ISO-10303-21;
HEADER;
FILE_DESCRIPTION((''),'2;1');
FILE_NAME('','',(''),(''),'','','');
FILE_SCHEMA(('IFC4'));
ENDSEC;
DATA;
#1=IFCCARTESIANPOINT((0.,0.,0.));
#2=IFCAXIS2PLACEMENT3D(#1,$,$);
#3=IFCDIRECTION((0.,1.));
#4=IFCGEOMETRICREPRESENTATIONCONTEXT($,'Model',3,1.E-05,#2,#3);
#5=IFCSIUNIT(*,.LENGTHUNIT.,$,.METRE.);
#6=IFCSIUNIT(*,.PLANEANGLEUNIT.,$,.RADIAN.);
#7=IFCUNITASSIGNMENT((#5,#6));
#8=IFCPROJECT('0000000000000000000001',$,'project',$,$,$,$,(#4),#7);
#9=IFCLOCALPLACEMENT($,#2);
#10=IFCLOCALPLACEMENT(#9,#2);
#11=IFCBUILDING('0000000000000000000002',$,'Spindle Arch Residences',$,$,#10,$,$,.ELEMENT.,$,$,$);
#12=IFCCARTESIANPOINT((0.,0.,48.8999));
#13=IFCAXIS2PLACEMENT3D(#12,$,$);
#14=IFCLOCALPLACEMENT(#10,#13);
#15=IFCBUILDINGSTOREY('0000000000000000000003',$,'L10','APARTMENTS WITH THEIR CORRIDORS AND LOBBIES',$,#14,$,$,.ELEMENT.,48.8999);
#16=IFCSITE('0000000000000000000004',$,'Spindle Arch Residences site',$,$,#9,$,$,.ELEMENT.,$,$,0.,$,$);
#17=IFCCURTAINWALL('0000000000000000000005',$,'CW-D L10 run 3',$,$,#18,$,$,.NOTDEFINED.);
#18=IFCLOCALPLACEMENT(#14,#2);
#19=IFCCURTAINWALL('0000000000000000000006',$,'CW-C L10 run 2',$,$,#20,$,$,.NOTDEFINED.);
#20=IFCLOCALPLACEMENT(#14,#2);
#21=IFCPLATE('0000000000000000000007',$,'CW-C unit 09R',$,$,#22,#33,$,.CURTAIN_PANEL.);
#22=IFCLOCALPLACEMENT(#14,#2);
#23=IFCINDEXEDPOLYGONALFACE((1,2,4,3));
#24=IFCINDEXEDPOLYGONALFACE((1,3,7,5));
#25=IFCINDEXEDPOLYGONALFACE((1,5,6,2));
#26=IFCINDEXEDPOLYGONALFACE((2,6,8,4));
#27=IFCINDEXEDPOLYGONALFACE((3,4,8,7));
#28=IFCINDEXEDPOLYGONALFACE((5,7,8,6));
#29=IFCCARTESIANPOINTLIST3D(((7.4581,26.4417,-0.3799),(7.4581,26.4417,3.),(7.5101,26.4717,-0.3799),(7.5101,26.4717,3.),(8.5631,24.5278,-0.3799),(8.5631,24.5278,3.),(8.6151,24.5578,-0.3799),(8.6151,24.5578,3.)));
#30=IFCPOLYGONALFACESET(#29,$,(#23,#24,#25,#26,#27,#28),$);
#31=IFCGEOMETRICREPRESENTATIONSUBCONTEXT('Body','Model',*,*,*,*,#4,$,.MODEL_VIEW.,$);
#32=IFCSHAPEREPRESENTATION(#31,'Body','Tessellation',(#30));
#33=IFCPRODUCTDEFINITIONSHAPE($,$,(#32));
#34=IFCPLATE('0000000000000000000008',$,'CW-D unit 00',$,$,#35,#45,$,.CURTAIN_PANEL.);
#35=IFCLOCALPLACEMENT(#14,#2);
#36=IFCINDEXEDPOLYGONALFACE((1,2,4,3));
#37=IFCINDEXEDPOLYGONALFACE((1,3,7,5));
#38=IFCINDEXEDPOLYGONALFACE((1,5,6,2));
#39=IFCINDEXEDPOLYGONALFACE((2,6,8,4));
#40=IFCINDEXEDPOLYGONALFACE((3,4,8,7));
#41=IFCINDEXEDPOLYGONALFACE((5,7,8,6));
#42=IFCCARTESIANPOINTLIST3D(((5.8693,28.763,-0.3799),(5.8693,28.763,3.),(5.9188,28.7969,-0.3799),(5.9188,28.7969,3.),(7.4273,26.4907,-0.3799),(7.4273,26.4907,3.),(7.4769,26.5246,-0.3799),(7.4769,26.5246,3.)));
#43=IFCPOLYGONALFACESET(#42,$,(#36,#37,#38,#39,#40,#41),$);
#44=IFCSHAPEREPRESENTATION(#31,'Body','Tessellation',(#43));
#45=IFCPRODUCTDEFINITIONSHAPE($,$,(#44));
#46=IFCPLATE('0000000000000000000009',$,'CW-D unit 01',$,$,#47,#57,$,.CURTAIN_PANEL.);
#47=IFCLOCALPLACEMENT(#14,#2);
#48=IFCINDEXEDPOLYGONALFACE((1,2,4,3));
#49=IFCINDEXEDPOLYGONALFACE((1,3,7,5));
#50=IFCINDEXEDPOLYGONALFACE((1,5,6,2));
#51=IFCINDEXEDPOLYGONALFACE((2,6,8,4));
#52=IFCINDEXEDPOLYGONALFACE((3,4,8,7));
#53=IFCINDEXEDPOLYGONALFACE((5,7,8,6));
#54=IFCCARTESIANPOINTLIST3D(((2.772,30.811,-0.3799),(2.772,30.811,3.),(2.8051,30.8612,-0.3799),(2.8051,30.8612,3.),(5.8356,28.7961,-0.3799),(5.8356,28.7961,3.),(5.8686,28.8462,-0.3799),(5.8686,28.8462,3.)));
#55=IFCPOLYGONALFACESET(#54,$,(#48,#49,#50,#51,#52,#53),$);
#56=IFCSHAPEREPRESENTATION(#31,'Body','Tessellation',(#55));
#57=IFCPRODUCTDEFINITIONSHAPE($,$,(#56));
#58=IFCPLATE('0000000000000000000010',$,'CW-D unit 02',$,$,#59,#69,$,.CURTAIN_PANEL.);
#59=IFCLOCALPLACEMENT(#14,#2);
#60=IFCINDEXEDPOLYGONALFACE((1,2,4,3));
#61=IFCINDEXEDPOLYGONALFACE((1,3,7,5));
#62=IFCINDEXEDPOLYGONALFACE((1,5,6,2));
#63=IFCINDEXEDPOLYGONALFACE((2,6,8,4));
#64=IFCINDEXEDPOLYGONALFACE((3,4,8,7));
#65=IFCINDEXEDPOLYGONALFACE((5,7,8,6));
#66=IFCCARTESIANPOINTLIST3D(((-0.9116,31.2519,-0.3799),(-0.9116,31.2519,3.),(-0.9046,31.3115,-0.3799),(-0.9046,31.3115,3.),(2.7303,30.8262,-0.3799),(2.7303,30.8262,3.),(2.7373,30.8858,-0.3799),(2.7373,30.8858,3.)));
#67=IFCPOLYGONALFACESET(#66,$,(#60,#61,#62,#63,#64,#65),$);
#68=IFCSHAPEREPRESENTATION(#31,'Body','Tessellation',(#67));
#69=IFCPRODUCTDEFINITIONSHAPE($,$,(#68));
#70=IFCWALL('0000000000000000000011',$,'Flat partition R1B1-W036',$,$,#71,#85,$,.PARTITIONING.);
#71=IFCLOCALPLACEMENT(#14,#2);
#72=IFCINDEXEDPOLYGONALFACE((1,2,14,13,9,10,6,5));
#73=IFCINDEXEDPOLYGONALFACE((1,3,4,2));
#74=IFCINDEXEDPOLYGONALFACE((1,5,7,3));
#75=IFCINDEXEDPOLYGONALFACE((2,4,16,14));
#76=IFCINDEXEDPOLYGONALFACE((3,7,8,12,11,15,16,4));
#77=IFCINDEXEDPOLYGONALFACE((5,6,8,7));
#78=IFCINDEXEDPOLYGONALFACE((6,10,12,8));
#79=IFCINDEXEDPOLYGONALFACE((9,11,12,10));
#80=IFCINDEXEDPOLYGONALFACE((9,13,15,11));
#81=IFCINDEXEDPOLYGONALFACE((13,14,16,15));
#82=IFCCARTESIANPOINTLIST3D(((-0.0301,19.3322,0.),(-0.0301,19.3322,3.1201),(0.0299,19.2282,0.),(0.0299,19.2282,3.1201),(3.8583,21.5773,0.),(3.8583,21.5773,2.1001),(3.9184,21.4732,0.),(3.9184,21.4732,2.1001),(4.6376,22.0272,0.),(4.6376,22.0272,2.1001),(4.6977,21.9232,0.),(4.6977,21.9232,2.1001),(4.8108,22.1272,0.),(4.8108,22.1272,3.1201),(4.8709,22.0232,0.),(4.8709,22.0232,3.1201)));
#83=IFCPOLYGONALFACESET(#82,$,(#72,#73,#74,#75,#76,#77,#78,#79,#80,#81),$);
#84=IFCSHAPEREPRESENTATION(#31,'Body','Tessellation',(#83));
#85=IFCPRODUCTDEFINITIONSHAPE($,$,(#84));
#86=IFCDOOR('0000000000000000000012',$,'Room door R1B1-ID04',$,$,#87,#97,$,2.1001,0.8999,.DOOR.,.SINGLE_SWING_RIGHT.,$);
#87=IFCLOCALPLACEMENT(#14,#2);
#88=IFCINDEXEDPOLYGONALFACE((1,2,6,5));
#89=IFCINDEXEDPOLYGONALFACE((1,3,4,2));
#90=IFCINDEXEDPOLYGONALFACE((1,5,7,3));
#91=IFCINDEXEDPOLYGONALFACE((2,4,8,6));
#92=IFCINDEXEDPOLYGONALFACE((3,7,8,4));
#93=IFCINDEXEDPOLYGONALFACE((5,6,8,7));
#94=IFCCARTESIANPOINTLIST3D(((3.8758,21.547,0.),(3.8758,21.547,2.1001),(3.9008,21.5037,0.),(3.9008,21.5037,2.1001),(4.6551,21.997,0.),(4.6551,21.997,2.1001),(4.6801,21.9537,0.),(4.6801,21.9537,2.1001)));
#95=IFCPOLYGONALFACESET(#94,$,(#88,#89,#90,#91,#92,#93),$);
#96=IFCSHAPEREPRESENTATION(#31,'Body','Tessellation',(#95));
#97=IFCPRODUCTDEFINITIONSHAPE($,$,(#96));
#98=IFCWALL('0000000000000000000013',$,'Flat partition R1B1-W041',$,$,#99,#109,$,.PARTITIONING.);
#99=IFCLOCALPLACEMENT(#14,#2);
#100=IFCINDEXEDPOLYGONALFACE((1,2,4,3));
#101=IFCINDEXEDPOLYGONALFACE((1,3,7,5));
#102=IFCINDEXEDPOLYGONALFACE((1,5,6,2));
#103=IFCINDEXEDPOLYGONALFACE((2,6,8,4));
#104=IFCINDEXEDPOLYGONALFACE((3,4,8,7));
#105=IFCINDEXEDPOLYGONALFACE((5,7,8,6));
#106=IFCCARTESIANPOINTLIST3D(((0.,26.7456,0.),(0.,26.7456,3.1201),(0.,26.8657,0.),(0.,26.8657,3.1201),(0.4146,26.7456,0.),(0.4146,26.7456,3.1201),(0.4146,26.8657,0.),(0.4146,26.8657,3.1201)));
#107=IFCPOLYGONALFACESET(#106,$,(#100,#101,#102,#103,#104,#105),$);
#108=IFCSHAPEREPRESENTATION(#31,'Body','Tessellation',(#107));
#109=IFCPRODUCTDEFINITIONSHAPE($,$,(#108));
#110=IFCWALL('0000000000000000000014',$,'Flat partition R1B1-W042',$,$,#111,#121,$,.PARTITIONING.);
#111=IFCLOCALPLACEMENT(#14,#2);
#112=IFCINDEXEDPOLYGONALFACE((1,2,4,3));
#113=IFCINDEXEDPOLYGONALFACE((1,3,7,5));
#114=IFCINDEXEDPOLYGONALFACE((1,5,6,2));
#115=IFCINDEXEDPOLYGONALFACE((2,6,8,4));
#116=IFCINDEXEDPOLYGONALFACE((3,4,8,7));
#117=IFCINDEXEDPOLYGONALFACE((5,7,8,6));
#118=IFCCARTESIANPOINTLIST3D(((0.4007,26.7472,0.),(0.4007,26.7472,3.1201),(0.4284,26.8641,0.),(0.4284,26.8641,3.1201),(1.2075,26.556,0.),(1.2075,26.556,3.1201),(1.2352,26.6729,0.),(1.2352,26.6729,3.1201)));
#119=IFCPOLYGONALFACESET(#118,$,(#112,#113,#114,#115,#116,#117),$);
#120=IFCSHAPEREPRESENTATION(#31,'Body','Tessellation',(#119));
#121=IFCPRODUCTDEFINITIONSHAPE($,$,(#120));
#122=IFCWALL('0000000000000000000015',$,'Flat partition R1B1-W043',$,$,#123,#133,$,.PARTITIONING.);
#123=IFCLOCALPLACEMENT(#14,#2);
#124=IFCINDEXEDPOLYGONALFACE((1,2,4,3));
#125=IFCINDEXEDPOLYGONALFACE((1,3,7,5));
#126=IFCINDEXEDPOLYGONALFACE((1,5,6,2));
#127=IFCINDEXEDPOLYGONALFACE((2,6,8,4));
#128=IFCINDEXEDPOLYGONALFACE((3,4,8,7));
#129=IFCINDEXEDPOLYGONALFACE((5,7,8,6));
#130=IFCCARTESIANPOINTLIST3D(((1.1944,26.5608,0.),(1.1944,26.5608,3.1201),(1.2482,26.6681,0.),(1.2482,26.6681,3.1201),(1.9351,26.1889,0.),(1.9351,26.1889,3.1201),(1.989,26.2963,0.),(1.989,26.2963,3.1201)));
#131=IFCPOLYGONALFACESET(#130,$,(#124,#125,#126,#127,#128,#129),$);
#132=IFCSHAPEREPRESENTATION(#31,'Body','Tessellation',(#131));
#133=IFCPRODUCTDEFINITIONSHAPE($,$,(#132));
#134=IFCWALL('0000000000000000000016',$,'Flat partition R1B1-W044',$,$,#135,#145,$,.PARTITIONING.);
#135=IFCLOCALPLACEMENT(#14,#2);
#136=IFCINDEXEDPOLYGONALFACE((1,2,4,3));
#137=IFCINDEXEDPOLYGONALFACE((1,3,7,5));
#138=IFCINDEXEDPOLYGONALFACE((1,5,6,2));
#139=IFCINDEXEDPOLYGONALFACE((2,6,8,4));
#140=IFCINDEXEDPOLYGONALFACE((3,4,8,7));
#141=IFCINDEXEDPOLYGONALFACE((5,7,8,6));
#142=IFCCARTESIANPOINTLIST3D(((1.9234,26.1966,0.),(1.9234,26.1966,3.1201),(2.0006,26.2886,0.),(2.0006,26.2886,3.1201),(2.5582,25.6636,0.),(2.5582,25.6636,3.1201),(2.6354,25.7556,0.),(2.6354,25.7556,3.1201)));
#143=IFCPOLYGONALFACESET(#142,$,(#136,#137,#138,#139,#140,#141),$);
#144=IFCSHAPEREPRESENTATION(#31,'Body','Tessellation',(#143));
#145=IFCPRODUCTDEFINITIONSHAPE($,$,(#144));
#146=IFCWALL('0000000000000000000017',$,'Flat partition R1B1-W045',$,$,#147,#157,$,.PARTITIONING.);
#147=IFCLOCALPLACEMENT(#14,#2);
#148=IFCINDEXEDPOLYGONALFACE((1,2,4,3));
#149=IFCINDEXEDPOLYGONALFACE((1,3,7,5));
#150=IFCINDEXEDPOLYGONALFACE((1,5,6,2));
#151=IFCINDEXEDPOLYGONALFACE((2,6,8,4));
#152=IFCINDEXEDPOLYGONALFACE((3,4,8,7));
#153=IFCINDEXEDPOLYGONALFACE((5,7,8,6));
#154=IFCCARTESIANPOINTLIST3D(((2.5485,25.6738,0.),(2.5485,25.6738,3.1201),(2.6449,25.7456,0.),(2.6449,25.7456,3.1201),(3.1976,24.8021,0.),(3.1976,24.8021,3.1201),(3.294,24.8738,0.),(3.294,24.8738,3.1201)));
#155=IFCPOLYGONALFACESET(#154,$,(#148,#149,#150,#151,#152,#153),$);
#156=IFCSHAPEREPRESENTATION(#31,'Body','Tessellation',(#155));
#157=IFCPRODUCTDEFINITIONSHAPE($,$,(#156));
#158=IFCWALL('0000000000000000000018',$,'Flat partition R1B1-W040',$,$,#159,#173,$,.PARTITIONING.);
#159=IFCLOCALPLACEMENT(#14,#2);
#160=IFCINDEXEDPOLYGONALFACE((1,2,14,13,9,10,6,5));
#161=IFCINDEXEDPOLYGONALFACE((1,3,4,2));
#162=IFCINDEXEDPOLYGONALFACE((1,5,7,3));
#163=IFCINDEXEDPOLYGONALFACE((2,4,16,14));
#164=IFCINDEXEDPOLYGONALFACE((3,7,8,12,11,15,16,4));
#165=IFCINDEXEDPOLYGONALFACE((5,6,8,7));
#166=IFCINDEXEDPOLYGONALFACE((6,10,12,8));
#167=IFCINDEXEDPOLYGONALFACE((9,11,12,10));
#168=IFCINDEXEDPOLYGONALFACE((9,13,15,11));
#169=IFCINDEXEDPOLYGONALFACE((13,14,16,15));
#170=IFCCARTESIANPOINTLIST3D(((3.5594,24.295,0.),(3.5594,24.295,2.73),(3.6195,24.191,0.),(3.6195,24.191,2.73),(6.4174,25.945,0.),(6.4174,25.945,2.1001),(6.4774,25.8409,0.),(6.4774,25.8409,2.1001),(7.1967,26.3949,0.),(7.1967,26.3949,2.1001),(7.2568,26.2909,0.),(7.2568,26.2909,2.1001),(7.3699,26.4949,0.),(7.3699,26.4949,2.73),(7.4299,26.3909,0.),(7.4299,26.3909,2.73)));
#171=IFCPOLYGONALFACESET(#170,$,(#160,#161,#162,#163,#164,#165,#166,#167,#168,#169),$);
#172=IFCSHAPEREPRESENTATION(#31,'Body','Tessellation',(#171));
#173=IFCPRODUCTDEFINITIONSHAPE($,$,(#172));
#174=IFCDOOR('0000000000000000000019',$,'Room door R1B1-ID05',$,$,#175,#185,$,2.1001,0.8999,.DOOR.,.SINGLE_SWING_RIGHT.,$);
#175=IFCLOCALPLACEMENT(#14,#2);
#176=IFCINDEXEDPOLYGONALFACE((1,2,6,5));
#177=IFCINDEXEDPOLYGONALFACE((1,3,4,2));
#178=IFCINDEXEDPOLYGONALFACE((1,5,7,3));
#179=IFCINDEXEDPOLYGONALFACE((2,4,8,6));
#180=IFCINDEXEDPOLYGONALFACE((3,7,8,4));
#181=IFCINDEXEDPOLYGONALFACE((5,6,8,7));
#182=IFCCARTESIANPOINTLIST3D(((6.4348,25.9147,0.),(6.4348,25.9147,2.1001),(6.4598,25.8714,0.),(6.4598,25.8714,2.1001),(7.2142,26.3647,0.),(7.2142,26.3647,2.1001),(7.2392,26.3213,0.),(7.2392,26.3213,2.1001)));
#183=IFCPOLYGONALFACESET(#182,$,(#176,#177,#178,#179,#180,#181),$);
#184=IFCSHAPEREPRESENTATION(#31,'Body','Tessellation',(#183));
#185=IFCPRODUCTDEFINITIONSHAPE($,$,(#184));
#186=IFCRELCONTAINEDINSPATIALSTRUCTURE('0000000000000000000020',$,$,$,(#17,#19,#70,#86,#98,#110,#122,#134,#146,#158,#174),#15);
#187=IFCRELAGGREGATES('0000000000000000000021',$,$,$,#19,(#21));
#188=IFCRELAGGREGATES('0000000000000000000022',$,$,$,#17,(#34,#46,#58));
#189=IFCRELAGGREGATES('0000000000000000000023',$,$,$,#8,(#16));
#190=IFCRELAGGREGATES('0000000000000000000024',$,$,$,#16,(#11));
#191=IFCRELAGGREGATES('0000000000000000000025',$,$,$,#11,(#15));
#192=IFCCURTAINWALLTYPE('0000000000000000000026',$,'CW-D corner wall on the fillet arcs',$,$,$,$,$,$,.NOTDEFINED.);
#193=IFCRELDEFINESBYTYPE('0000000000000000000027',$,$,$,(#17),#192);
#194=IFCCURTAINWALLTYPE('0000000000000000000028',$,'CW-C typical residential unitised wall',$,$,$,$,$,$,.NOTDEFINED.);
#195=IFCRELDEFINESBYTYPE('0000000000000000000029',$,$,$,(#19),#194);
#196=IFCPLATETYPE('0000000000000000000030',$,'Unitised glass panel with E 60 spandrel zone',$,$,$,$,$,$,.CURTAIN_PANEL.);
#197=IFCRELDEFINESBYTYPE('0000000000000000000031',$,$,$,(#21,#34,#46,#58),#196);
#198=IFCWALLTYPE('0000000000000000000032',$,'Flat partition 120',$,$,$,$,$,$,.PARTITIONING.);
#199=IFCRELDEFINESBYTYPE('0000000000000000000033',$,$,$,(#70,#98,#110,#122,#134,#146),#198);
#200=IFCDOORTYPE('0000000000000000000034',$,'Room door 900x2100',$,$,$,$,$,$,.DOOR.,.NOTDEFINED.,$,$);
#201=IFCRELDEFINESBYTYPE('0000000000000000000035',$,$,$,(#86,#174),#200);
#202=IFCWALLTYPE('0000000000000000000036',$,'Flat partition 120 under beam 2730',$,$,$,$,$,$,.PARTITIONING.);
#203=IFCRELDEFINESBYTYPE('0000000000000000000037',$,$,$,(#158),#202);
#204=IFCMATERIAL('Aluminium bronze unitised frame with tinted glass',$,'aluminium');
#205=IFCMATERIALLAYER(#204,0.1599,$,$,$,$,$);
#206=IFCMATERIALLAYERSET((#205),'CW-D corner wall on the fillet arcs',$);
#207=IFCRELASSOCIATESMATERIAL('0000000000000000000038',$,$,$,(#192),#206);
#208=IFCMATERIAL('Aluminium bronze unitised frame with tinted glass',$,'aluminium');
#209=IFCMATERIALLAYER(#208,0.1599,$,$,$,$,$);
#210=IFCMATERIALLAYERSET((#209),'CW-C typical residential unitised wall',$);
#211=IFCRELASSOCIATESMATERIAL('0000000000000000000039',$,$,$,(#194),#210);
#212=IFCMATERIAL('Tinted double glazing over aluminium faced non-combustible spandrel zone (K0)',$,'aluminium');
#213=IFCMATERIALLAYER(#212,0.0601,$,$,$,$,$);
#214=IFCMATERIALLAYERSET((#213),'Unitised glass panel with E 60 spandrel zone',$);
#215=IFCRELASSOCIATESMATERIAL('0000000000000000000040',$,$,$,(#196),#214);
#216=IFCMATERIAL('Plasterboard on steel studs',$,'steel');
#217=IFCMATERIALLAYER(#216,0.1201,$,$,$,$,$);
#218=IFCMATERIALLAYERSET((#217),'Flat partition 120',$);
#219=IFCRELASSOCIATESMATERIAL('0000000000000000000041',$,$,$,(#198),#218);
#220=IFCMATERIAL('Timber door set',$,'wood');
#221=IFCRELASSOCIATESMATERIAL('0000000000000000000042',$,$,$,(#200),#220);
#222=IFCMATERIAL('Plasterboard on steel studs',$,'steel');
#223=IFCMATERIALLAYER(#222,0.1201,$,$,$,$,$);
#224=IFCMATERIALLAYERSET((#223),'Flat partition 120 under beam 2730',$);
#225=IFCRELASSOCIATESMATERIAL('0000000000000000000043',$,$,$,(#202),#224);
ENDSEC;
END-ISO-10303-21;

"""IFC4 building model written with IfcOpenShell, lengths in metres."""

from ifc_helpers import new_model, si_unit, direction, frame, frame_2d, origin, origin_2d, place, context, subcontext, project, spatial, rectangle, extrude, material, layer, layer_set, type_object, element, fill, aggregate, save


model = new_model("IFC4")

# Units and contexts
model_context = context("Model", 3, precision=1e-05, world=origin(), true_north=direction((0.0, 1.0)))
body_context = subcontext(model_context, "Body", "Model", "MODEL_VIEW")
ifc_project = project(units=[si_unit("LENGTHUNIT", "METRE"), si_unit("PLANEANGLEUNIT", "RADIAN")], contexts=[model_context])

# Site, building, storey
site_placement = place(None, origin())
site = spatial("IfcSite", under=ifc_project, at=site_placement, Name="Spindle Arch Residences site", CompositionType="ELEMENT", RefElevation=0.0)
building_placement = place(site_placement, origin())
building = spatial("IfcBuilding", under=site, at=building_placement, Name="Spindle Arch Residences", CompositionType="ELEMENT")
storey_placement = place(building_placement, frame((0.0, 0.0, 48.8999)))
storey = spatial("IfcBuildingStorey", under=building, at=storey_placement, Name="L10", Description="APARTMENTS WITH THEIR CORRIDORS AND LOBBIES", CompositionType="ELEMENT", Elevation=48.8999)

# Curtain wall
ifc_material_1 = material(Name="Aluminium bronze unitised frame with tinted glass", Category="aluminium")
ifc_layer_1 = layer(ifc_material_1, 0.1599)
ifc_layer_set_1 = layer_set([ifc_layer_1], Name="CW-D corner wall on the fillet arcs")
curtain_wall_type_1 = type_object("IfcCurtainWallType", Name="CW-D corner wall on the fillet arcs", PredefinedType="NOTDEFINED", material=ifc_layer_set_1)
curtain_wall_1_placement = place(storey_placement, origin())
curtain_wall_1 = element("IfcCurtainWall", 1, at=curtain_wall_1_placement, inside=storey, type_object=curtain_wall_type_1, Name="CW-D L10 run 3", PredefinedType="NOTDEFINED")

# Curtain wall, plate
ifc_material_2 = material(Name="Aluminium bronze unitised frame with tinted glass", Category="aluminium")
ifc_layer_2 = layer(ifc_material_2, 0.1599)
ifc_layer_set_2 = layer_set([ifc_layer_2], Name="CW-C typical residential unitised wall")
curtain_wall_type_2 = type_object("IfcCurtainWallType", Name="CW-C typical residential unitised wall", PredefinedType="NOTDEFINED", material=ifc_layer_set_2)
curtain_wall_2_placement = place(storey_placement, origin())
curtain_wall_2 = element("IfcCurtainWall", 2, at=curtain_wall_2_placement, inside=storey, type_object=curtain_wall_type_2, Name="CW-C L10 run 2", PredefinedType="NOTDEFINED")
ifc_material_3 = material(Name="Tinted double glazing over aluminium faced non-combustible spandrel zone (K0)", Category="aluminium")
ifc_layer_3 = layer(ifc_material_3, 0.0601)
ifc_layer_set_3 = layer_set([ifc_layer_3], Name="Unitised glass panel with E 60 spandrel zone")
plate_type = type_object("IfcPlateType", Name="Unitised glass panel with E 60 spandrel zone", PredefinedType="CURTAIN_PANEL", material=ifc_layer_set_3)
plate_1_placement = place(storey_placement, frame((8.0366, 25.4998, -0.3799), z_axis=(0.0, 0.0, 1.0), x_axis=(-0.5, 0.866025, 0.0)))
plate_1 = element("IfcPlate", 3, at=plate_1_placement, type_object=plate_type, Name="CW-C unit 09R", PredefinedType="CURTAIN_PANEL", context=body_context, shape_type="SweptSolid", body=[
    extrude(rectangle(XDim=2.21, YDim=0.0601, at=origin_2d()), origin(), (0.0, 0.0, 1.0), 3.3799),
])
aggregate(curtain_wall_2, [plate_1])

# Plates
plate_2_placement = place(storey_placement, frame((6.6731, 27.6438, -0.3799), z_axis=(0.0, 0.0, 1.0), x_axis=(-0.565501, 0.824748, 0.0)))
plate_2 = element("IfcPlate", 4, at=plate_2_placement, type_object=plate_type, Name="CW-D unit 00", PredefinedType="CURTAIN_PANEL", context=body_context, shape_type="SweptSolid", body=[
    extrude(rectangle(XDim=2.7551, YDim=0.0601, at=origin_2d()), origin(), (0.0, 0.0, 1.0), 3.3799),
])
plate_3_placement = place(storey_placement, frame((4.3203, 29.8286, -0.3799), z_axis=(0.0, 0.0, 1.0), x_axis=(-0.835488, 0.549509, 0.0)))
plate_3 = element("IfcPlate", 5, at=plate_3_placement, type_object=plate_type, Name="CW-D unit 01", PredefinedType="CURTAIN_PANEL", context=body_context, shape_type="SweptSolid", body=[
    extrude(rectangle(XDim=3.6667, YDim=0.0601, at=origin_2d()), origin(), (0.0, 0.0, 1.0), 3.3799),
])
plate_4_placement = place(storey_placement, frame((0.9128, 31.0688, -0.3799), z_axis=(0.0, 0.0, 1.0), x_axis=(-0.993238, 0.116093, 0.0)))
plate_4 = element("IfcPlate", 6, at=plate_4_placement, type_object=plate_type, Name="CW-D unit 02", PredefinedType="CURTAIN_PANEL", context=body_context, shape_type="SweptSolid", body=[
    extrude(rectangle(XDim=3.6667, YDim=0.0601, at=origin_2d()), origin(), (0.0, 0.0, 1.0), 3.3799),
])
aggregate(curtain_wall_1, [plate_2, plate_3, plate_4])

# Wall, opening, door
ifc_material_4 = material(Name="Plasterboard on steel studs", Category="steel")
ifc_layer_4 = layer(ifc_material_4, 0.1201)
ifc_layer_set_4 = layer_set([ifc_layer_4], Name="Flat partition 120")
wall_type_1 = type_object("IfcWallType", Name="Flat partition 120", PredefinedType="PARTITIONING", material=ifc_layer_set_4)
wall_1_placement = place(storey_placement, frame((4.8408, 22.0752, 0.0), z_axis=(0.0, 0.0, 1.0), x_axis=(-0.86602, -0.50001, 0.0)))
wall_1 = element("IfcWall", 7, at=wall_1_placement, inside=storey, type_object=wall_type_1, Name="Flat partition R1B1-W036", PredefinedType="PARTITIONING", context=body_context, shape_type="SweptSolid", body=[
    extrude(rectangle(XDim=5.5898, YDim=0.1201, at=frame_2d((2.7949, 0.0))), origin(), (0.0, 0.0, 1.0), 3.1201),
])
opening_1_placement = place(wall_1_placement, frame((0.2, 0.0, 0.0)))
opening_1 = element("IfcOpeningElement", 8, at=opening_1_placement, cuts=wall_1, PredefinedType="OPENING", context=body_context, shape_type="SweptSolid", body=[
    extrude(rectangle(XDim=0.8999, YDim=2.1001, at=frame_2d((0.45, 1.05))), frame((0.0, 0.0701, 0.0), z_axis=(0.0, -1.0, 0.0), x_axis=(1.0, 0.0, 0.0)), (0.0, 0.0, 1.0), 0.1401),
])
ifc_material_5 = material(Name="Timber door set", Category="wood")
door_type = type_object("IfcDoorType", Name="Room door 900x2100", OperationType="NOTDEFINED", PredefinedType="DOOR", material=ifc_material_5)
door_1_placement = place(opening_1_placement, origin())
door_1 = element("IfcDoor", 9, at=door_1_placement, inside=storey, type_object=door_type, Name="Room door R1B1-ID04", OperationType="SINGLE_SWING_RIGHT", OverallHeight=2.1001, OverallWidth=0.8999, PredefinedType="DOOR", context=body_context, shape_type="SweptSolid", body=[
    extrude(rectangle(XDim=0.8999, YDim=2.1001, at=frame_2d((0.45, 1.05))), frame((0.0, 0.0249, 0.0), z_axis=(0.0, -1.0, 0.0), x_axis=(1.0, 0.0, 0.0)), (0.0, 0.0, 1.0), 0.05),
])
fill(opening_1, door_1)

# Walls
wall_2_placement = place(storey_placement, frame((0.0, 26.8057, 0.0), z_axis=(0.0, 0.0, 1.0), x_axis=(1.0, 0.0, 0.0)))
element("IfcWall", 10, at=wall_2_placement, inside=storey, type_object=wall_type_1, Name="Flat partition R1B1-W041", PredefinedType="PARTITIONING", context=body_context, shape_type="SweptSolid", body=[
    extrude(rectangle(XDim=0.4146, YDim=0.1201, at=frame_2d((0.2073, 0.0))), origin(), (0.0, 0.0, 1.0), 3.1201),
])
wall_3_placement = place(storey_placement, frame((0.4146, 26.8057, 0.0), z_axis=(0.0, 0.0, 1.0), x_axis=(0.973049, -0.230598, 0.0)))
element("IfcWall", 11, at=wall_3_placement, inside=storey, type_object=wall_type_1, Name="Flat partition R1B1-W042", PredefinedType="PARTITIONING", context=body_context, shape_type="SweptSolid", body=[
    extrude(rectangle(XDim=0.8291, YDim=0.1201, at=frame_2d((0.4146, 0.0))), origin(), (0.0, 0.0, 1.0), 3.1201),
])
for number, where, z_axis, x_axis, name in (
    (12, (1.2212, 26.6145, 0.0), (0.0, 0.0, 1.0), (0.893719, -0.448627, 0.0), "Flat partition R1B1-W043"),
    (13, (1.9619, 26.2427, 0.0), (0.0, 0.0, 1.0), (0.76585, -0.643019, 0.0), "Flat partition R1B1-W044"),
):
    element("IfcWall", number, at=place(storey_placement, frame(where, z_axis=z_axis, x_axis=x_axis)), inside=storey, type_object=wall_type_1, Name=name, PredefinedType="PARTITIONING", context=body_context, shape_type="SweptSolid", body=[
        extrude(rectangle(XDim=0.8289, YDim=0.1201, at=frame_2d((0.4146, 0.0))), origin(), (0.0, 0.0, 1.0), 3.1201),
    ])
wall_4_placement = place(storey_placement, frame((2.5967, 25.7097, 0.0), z_axis=(0.0, 0.0, 1.0), x_axis=(0.597229, -0.802071, 0.0)))
element("IfcWall", 14, at=wall_4_placement, inside=storey, type_object=wall_type_1, Name="Flat partition R1B1-W045", PredefinedType="PARTITIONING", context=body_context, shape_type="SweptSolid", body=[
    extrude(rectangle(XDim=1.0869, YDim=0.1201, at=frame_2d((0.5435, 0.0))), origin(), (0.0, 0.0, 1.0), 3.1201),
])

# Wall, opening, door
ifc_material_6 = material(Name="Plasterboard on steel studs", Category="steel")
ifc_layer_5 = layer(ifc_material_6, 0.1201)
ifc_layer_set_5 = layer_set([ifc_layer_5], Name="Flat partition 120 under beam 2730")
wall_type_2 = type_object("IfcWallType", Name="Flat partition 120 under beam 2730", PredefinedType="PARTITIONING", material=ifc_layer_set_5)
wall_5_placement = place(storey_placement, frame((7.3999, 26.4429, 0.0), z_axis=(0.0, 0.0, 1.0), x_axis=(-0.866032, -0.499988, 0.0)))
wall_5 = element("IfcWall", 15, at=wall_5_placement, inside=storey, type_object=wall_type_2, Name="Flat partition R1B1-W040", PredefinedType="PARTITIONING", context=body_context, shape_type="SweptSolid", body=[
    extrude(rectangle(XDim=4.3999, YDim=0.1201, at=frame_2d((2.2, 0.0))), origin(), (0.0, 0.0, 1.0), 2.73),
])
opening_2_placement = place(wall_5_placement, frame((0.2, 0.0, 0.0)))
opening_2 = element("IfcOpeningElement", 16, at=opening_2_placement, cuts=wall_5, PredefinedType="OPENING", context=body_context, shape_type="SweptSolid", body=[
    extrude(rectangle(XDim=0.8999, YDim=2.1001, at=frame_2d((0.45, 1.05))), frame((0.0, 0.0701, 0.0), z_axis=(0.0, -1.0, 0.0), x_axis=(1.0, 0.0, 0.0)), (0.0, 0.0, 1.0), 0.1401),
])
door_2_placement = place(opening_2_placement, origin())
door_2 = element("IfcDoor", 17, at=door_2_placement, inside=storey, type_object=door_type, Name="Room door R1B1-ID05", OperationType="SINGLE_SWING_RIGHT", OverallHeight=2.1001, OverallWidth=0.8999, PredefinedType="DOOR", context=body_context, shape_type="SweptSolid", body=[
    extrude(rectangle(XDim=0.8999, YDim=2.1001, at=frame_2d((0.45, 1.05))), frame((0.0, 0.0249, 0.0), z_axis=(0.0, -1.0, 0.0), x_axis=(1.0, 0.0, 0.0)), (0.0, 0.0, 1.0), 0.05),
])
fill(opening_2, door_2)

save(model, "model.ifc")
